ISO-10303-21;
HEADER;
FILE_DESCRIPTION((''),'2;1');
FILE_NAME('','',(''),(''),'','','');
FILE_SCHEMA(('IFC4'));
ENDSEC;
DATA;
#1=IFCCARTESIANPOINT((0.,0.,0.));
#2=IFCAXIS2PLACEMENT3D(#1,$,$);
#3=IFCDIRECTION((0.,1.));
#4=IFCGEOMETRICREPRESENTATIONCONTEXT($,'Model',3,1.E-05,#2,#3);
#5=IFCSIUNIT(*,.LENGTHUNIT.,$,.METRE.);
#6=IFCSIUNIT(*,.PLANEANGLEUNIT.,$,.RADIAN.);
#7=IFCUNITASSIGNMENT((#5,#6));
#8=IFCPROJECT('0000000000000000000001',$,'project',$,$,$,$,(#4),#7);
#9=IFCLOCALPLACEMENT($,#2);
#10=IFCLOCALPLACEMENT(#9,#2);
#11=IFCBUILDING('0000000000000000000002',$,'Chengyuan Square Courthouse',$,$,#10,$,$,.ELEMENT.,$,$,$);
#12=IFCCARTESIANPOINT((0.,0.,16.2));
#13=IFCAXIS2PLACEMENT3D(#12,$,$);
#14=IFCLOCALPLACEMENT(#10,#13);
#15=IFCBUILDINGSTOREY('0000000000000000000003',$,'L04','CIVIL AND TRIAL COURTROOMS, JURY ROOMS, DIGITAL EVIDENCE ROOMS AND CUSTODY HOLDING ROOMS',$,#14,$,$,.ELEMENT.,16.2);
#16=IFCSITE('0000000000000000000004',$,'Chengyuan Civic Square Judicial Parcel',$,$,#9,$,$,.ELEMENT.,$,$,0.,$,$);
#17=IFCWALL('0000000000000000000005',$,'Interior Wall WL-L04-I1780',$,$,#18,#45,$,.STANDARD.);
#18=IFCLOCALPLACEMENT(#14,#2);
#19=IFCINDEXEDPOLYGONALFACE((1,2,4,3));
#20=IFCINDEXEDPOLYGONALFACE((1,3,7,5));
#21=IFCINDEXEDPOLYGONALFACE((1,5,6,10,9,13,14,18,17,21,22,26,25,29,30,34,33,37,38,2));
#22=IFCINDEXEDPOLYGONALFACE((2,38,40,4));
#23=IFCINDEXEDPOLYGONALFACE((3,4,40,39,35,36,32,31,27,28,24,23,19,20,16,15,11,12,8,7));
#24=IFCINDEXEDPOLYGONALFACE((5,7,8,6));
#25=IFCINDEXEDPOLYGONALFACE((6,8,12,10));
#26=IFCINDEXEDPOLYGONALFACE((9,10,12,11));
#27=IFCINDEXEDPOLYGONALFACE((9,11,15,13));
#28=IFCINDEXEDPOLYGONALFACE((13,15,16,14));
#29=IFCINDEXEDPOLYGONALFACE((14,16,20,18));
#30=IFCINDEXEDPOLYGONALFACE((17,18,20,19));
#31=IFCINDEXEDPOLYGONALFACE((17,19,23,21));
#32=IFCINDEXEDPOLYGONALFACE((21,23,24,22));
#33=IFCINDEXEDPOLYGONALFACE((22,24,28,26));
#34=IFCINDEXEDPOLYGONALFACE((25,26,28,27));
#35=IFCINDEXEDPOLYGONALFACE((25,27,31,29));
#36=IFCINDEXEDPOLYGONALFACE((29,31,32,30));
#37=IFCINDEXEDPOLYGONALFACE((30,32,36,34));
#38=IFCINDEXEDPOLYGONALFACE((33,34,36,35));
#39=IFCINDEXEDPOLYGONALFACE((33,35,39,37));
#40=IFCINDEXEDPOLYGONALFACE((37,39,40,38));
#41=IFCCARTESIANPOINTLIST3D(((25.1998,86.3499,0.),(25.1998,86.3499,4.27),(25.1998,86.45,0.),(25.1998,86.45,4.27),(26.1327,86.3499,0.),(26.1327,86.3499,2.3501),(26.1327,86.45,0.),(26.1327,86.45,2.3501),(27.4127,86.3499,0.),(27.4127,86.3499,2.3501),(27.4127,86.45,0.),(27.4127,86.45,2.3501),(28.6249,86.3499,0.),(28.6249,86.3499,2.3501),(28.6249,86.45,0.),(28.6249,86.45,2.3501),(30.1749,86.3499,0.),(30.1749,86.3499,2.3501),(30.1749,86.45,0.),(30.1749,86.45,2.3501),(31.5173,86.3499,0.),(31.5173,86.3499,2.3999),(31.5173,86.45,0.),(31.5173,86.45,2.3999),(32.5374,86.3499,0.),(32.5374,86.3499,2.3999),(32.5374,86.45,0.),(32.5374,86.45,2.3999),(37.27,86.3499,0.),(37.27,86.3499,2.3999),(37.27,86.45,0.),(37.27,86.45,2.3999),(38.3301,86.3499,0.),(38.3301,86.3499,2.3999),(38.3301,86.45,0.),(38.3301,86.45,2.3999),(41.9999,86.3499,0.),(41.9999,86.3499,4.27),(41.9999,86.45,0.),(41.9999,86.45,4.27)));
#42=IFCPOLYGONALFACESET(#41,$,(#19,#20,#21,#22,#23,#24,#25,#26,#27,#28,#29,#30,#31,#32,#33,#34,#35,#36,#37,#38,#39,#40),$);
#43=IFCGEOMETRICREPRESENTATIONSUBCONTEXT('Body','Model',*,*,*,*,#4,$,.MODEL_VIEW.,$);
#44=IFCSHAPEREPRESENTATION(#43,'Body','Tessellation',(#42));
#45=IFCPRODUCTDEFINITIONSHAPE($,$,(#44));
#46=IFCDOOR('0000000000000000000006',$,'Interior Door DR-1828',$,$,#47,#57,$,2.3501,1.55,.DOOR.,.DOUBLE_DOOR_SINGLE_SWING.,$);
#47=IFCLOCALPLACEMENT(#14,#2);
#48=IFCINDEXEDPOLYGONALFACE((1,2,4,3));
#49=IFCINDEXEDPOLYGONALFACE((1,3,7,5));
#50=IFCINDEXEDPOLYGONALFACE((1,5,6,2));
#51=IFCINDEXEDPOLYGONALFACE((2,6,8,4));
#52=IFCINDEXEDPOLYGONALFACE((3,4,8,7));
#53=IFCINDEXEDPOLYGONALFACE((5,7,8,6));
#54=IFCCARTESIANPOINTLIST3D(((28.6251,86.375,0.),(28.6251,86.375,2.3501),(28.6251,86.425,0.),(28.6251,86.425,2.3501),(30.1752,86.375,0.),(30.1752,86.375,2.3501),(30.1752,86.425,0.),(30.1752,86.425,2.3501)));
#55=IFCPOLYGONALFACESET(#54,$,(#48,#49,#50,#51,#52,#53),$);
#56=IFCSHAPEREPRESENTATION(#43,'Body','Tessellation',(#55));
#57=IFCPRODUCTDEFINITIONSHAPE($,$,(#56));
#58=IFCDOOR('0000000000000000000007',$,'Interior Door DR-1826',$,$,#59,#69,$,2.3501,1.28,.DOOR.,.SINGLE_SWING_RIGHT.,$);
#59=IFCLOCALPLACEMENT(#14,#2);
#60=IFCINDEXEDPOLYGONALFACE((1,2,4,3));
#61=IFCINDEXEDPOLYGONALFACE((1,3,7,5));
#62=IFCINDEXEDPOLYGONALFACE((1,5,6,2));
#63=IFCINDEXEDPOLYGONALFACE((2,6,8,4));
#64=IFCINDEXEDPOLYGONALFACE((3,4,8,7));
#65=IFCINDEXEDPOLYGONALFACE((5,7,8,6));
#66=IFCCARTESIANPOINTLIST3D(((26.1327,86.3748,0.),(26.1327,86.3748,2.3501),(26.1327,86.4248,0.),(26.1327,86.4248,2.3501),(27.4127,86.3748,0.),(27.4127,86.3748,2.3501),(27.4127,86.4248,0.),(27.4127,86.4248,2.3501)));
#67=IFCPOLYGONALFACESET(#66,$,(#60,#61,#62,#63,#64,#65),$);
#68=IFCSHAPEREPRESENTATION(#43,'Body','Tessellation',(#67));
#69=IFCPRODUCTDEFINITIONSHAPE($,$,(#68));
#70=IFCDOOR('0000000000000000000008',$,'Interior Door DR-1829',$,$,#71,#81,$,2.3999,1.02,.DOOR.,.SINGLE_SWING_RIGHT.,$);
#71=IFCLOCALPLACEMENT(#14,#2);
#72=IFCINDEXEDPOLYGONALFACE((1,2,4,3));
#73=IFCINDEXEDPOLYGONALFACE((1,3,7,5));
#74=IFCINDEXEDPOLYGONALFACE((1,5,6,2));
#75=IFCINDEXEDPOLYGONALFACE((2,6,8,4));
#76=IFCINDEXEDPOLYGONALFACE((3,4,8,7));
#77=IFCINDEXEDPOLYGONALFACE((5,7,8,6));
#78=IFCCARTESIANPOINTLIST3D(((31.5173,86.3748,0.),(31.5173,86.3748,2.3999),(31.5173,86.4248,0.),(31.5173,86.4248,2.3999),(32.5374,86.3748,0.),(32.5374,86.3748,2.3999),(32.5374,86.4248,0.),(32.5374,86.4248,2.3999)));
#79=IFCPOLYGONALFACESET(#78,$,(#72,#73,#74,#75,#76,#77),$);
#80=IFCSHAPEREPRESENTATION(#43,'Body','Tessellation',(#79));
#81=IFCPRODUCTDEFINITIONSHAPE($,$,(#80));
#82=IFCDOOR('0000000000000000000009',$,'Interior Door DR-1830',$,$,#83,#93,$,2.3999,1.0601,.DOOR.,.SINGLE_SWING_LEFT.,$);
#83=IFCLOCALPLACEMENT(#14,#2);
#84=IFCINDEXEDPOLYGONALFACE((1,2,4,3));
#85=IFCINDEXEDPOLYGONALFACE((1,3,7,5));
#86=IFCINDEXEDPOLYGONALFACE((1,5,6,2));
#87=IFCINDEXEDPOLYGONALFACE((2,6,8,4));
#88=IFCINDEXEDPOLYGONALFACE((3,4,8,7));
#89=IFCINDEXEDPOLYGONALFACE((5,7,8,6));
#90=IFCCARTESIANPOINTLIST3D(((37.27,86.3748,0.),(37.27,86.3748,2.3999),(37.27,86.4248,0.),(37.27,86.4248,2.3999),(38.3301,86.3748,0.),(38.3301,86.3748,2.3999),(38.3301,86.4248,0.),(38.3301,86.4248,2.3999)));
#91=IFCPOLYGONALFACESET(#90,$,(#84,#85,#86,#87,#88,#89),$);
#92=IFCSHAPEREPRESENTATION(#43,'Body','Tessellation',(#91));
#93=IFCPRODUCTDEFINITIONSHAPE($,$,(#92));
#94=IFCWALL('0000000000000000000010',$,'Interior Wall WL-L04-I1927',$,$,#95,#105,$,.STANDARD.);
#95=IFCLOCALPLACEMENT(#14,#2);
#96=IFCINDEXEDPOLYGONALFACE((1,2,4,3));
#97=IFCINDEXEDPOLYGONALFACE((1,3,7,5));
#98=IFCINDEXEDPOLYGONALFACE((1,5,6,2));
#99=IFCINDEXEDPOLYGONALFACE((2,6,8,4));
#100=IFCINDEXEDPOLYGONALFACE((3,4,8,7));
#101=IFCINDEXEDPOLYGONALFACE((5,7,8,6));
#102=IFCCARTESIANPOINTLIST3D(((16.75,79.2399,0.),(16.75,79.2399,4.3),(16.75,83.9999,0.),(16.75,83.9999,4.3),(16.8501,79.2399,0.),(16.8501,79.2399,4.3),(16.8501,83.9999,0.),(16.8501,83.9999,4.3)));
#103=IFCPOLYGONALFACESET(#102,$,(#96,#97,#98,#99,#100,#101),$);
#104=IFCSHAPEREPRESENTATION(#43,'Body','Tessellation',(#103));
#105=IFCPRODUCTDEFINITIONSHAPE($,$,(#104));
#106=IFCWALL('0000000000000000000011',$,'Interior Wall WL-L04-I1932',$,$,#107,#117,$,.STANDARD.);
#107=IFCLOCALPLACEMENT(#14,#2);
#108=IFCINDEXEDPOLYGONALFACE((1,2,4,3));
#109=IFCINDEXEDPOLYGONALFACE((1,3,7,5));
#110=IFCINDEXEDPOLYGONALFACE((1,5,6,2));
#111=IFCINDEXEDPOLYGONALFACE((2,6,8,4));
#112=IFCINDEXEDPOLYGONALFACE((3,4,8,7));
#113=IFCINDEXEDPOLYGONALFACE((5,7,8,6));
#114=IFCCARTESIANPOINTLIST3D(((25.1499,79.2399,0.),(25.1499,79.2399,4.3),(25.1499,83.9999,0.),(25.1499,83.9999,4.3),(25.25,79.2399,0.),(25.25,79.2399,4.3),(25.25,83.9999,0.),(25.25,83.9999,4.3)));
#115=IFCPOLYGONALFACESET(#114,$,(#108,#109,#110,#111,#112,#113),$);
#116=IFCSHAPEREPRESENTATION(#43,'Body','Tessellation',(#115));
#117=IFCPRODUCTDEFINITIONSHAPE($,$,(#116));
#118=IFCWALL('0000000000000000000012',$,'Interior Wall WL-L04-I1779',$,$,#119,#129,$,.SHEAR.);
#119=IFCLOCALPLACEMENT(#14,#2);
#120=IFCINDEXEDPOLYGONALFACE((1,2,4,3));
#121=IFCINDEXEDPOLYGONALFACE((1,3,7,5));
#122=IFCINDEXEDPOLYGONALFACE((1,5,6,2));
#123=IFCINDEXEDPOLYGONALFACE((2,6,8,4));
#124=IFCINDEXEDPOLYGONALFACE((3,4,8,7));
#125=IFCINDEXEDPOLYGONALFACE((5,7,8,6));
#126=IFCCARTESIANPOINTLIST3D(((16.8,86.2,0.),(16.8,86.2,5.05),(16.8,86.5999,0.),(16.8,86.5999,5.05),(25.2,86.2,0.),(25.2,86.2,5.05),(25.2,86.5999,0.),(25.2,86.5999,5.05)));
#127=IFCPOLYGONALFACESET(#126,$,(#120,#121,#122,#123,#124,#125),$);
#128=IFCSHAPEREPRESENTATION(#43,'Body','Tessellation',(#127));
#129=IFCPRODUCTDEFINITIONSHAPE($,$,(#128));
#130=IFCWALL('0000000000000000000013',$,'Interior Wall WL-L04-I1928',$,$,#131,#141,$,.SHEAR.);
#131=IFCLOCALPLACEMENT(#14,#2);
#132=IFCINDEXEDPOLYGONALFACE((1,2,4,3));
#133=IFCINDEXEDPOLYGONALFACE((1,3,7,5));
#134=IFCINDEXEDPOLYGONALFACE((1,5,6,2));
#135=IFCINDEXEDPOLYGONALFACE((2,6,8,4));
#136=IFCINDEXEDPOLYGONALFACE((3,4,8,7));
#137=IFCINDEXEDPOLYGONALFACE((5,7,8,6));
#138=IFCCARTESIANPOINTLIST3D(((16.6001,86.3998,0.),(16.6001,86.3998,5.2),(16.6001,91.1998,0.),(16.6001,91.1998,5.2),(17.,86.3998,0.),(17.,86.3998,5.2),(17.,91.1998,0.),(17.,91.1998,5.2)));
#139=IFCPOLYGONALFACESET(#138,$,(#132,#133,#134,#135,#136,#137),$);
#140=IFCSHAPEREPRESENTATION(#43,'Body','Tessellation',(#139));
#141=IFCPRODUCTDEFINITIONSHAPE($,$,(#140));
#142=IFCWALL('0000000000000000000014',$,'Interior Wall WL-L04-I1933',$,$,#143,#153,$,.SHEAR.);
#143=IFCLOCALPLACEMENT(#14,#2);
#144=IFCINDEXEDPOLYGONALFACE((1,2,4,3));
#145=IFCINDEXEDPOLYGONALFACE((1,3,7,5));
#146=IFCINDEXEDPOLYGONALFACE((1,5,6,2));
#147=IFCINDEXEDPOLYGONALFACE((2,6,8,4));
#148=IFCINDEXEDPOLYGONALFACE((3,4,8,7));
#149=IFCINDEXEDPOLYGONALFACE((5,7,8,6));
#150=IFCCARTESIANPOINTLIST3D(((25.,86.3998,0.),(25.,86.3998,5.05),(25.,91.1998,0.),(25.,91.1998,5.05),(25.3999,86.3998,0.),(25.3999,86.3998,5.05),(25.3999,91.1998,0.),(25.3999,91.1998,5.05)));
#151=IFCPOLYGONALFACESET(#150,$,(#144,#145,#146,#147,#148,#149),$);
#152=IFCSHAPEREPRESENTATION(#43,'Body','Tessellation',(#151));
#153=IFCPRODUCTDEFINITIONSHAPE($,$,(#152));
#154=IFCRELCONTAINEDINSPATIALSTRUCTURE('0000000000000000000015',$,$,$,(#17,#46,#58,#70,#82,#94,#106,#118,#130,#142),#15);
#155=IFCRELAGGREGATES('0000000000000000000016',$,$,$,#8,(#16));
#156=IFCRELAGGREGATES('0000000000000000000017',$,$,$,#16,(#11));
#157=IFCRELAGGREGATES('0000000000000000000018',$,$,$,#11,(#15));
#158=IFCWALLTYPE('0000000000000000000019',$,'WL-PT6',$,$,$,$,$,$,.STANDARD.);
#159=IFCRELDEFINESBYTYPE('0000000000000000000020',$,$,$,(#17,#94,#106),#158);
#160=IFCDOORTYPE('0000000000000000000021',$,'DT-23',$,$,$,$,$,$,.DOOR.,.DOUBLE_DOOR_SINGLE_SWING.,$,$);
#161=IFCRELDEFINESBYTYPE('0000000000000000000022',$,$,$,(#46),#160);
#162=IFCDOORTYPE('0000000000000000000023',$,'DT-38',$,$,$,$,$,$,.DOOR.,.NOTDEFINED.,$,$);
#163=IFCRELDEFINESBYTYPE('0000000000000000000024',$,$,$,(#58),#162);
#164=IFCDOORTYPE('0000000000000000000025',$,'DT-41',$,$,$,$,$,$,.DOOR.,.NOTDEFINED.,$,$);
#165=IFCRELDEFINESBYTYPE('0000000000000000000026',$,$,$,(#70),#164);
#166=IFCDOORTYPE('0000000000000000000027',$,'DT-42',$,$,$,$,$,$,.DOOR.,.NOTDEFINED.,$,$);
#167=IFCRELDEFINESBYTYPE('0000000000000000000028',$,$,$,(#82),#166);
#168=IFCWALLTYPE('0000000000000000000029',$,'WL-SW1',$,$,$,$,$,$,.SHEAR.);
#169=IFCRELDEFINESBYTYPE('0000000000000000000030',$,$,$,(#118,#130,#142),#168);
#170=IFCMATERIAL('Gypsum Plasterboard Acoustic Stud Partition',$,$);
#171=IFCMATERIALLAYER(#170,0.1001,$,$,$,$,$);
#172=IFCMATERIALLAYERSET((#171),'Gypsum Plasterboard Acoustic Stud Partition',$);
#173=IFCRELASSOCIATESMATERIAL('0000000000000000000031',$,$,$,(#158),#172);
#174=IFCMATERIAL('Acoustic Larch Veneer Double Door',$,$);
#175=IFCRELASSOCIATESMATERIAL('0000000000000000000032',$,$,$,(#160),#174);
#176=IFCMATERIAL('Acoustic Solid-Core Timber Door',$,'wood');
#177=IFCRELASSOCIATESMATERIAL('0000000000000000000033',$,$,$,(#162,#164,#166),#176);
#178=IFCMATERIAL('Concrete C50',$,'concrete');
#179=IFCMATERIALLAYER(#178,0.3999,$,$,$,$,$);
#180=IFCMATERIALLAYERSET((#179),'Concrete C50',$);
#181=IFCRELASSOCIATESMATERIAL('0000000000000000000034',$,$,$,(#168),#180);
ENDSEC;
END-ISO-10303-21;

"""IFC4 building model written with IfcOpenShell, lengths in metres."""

from ifc_helpers import new_model, si_unit, direction, frame, frame_2d, origin, place, context, subcontext, project, spatial, rectangle, extrude, material, layer, layer_set, type_object, element, fill, save


model = new_model("IFC4")

# Units and contexts
model_context = context("Model", 3, precision=1e-05, world=origin(), true_north=direction((0.0, 1.0)))
body_context = subcontext(model_context, "Body", "Model", "MODEL_VIEW")
ifc_project = project(units=[si_unit("LENGTHUNIT", "METRE"), si_unit("PLANEANGLEUNIT", "RADIAN")], contexts=[model_context])

# Site, building, storey
site_placement = place(None, origin())
site = spatial("IfcSite", under=ifc_project, at=site_placement, Name="Chengyuan Civic Square Judicial Parcel", CompositionType="ELEMENT", RefElevation=0.0)
building_placement = place(site_placement, origin())
building = spatial("IfcBuilding", under=site, at=building_placement, Name="Chengyuan Square Courthouse", CompositionType="ELEMENT")
storey_placement = place(building_placement, frame((0.0, 0.0, 16.2)))
storey = spatial("IfcBuildingStorey", under=building, at=storey_placement, Name="L04", Description="CIVIL AND TRIAL COURTROOMS, JURY ROOMS, DIGITAL EVIDENCE ROOMS AND CUSTODY HOLDING ROOMS", CompositionType="ELEMENT", Elevation=16.2)

# Shared definitions
ifc_material_1 = material(Name="Concrete C50", Category="concrete")

# Wall, openings, doors
ifc_material_2 = material(Name="Gypsum Plasterboard Acoustic Stud Partition")
ifc_layer_1 = layer(ifc_material_2, 0.1001)
ifc_layer_set_1 = layer_set([ifc_layer_1], Name="Gypsum Plasterboard Acoustic Stud Partition")
wall_type_1 = type_object("IfcWallType", Name="WL-PT6", PredefinedType="STANDARD", material=ifc_layer_set_1)
wall_1_placement = place(storey_placement, frame((25.2, 86.3999, 0.0), z_axis=(0.0, 0.0, 1.0), x_axis=(1.0, 0.0, 0.0)))
wall_1 = element("IfcWall", 1, at=wall_1_placement, inside=storey, type_object=wall_type_1, Name="Interior Wall WL-L04-I1780", PredefinedType="STANDARD", context=body_context, shape_type="SweptSolid", body=[
    extrude(rectangle(XDim=16.8, YDim=0.1001, at=frame_2d((8.3999, 0.0))), origin(), (0.0, 0.0, 1.0), 4.27),
])
opening_1_placement = place(wall_1_placement, frame((0.9326, 0.0, 0.0)))
opening_1 = element("IfcOpeningElement", 2, at=opening_1_placement, cuts=wall_1, PredefinedType="OPENING", context=body_context, shape_type="SweptSolid", body=[
    extrude(rectangle(XDim=1.28, YDim=2.3501, at=frame_2d((0.6401, 1.175))), frame((0.0, 0.062, 0.0), z_axis=(0.0, -1.0, 0.0), x_axis=(1.0, 0.0, 0.0)), (0.0, 0.0, 1.0), 0.124),
])
opening_2_placement = place(wall_1_placement, frame((3.425, 0.0, 0.0)))
opening_2 = element("IfcOpeningElement", 3, at=opening_2_placement, cuts=wall_1, PredefinedType="OPENING", context=body_context, shape_type="SweptSolid", body=[
    extrude(rectangle(XDim=1.55, YDim=2.3501, at=frame_2d((0.7749, 1.175))), frame((0.0, 0.062, 0.0), z_axis=(0.0, -1.0, 0.0), x_axis=(1.0, 0.0, 0.0)), (0.0, 0.0, 1.0), 0.124),
])
opening_3_placement = place(wall_1_placement, frame((6.3174, 0.0, 0.0)))
opening_3 = element("IfcOpeningElement", 4, at=opening_3_placement, cuts=wall_1, PredefinedType="OPENING", context=body_context, shape_type="SweptSolid", body=[
    extrude(rectangle(XDim=1.02, YDim=2.3999, at=frame_2d((0.51, 1.2))), frame((0.0, 0.062, 0.0), z_axis=(0.0, -1.0, 0.0), x_axis=(1.0, 0.0, 0.0)), (0.0, 0.0, 1.0), 0.124),
])
opening_4_placement = place(wall_1_placement, frame((12.0701, 0.0, 0.0)))
opening_4 = element("IfcOpeningElement", 5, at=opening_4_placement, cuts=wall_1, PredefinedType="OPENING", context=body_context, shape_type="SweptSolid", body=[
    extrude(rectangle(XDim=1.0601, YDim=2.3999, at=frame_2d((0.53, 1.2))), frame((0.0, 0.062, 0.0), z_axis=(0.0, -1.0, 0.0), x_axis=(1.0, 0.0, 0.0)), (0.0, 0.0, 1.0), 0.124),
])
ifc_material_3 = material(Name="Acoustic Larch Veneer Double Door")
door_type_1 = type_object("IfcDoorType", Name="DT-23", OperationType="DOUBLE_DOOR_SINGLE_SWING", PredefinedType="DOOR", material=ifc_material_3)
door_1_placement = place(opening_2_placement, frame((1.55, 0.0, 0.0), z_axis=(0.0, 0.0, 1.0), x_axis=(-1.0, 0.0, 0.0)))
door_1 = element("IfcDoor", 6, at=door_1_placement, inside=storey, type_object=door_type_1, Name="Interior Door DR-1828", OperationType="DOUBLE_DOOR_SINGLE_SWING", OverallHeight=2.3501, OverallWidth=1.55, PredefinedType="DOOR", context=body_context, shape_type="SweptSolid", body=[
    extrude(rectangle(XDim=1.55, YDim=2.3501, at=frame_2d((0.7749, 1.175))), frame((0.0, 0.0249, 0.0), z_axis=(0.0, -1.0, 0.0), x_axis=(1.0, 0.0, 0.0)), (0.0, 0.0, 1.0), 0.05),
])
fill(opening_2, door_1)
ifc_material_4 = material(Name="Acoustic Solid-Core Timber Door", Category="wood")
door_type_2 = type_object("IfcDoorType", Name="DT-38", OperationType="NOTDEFINED", PredefinedType="DOOR", material=ifc_material_4)
door_2_placement = place(opening_1_placement, origin())
door_2 = element("IfcDoor", 7, at=door_2_placement, inside=storey, type_object=door_type_2, Name="Interior Door DR-1826", OperationType="SINGLE_SWING_RIGHT", OverallHeight=2.3501, OverallWidth=1.28, PredefinedType="DOOR", context=body_context, shape_type="SweptSolid", body=[
    extrude(rectangle(XDim=1.28, YDim=2.3501, at=frame_2d((0.6401, 1.175))), frame((0.0, 0.0249, 0.0), z_axis=(0.0, -1.0, 0.0), x_axis=(1.0, 0.0, 0.0)), (0.0, 0.0, 1.0), 0.05),
])
fill(opening_1, door_2)
door_type_3 = type_object("IfcDoorType", Name="DT-41", OperationType="NOTDEFINED", PredefinedType="DOOR", material=ifc_material_4)
door_3_placement = place(opening_3_placement, origin())
door_3 = element("IfcDoor", 8, at=door_3_placement, inside=storey, type_object=door_type_3, Name="Interior Door DR-1829", OperationType="SINGLE_SWING_RIGHT", OverallHeight=2.3999, OverallWidth=1.02, PredefinedType="DOOR", context=body_context, shape_type="SweptSolid", body=[
    extrude(rectangle(XDim=1.02, YDim=2.3999, at=frame_2d((0.51, 1.2))), frame((0.0, 0.0249, 0.0), z_axis=(0.0, -1.0, 0.0), x_axis=(1.0, 0.0, 0.0)), (0.0, 0.0, 1.0), 0.05),
])
fill(opening_3, door_3)
door_type_4 = type_object("IfcDoorType", Name="DT-42", OperationType="NOTDEFINED", PredefinedType="DOOR", material=ifc_material_4)
door_4_placement = place(opening_4_placement, origin())
door_4 = element("IfcDoor", 9, at=door_4_placement, inside=storey, type_object=door_type_4, Name="Interior Door DR-1830", OperationType="SINGLE_SWING_LEFT", OverallHeight=2.3999, OverallWidth=1.0601, PredefinedType="DOOR", context=body_context, shape_type="SweptSolid", body=[
    extrude(rectangle(XDim=1.0601, YDim=2.3999, at=frame_2d((0.53, 1.2))), frame((0.0, 0.0249, 0.0), z_axis=(0.0, -1.0, 0.0), x_axis=(1.0, 0.0, 0.0)), (0.0, 0.0, 1.0), 0.05),
])
fill(opening_4, door_4)

# Walls
for number, where, z_axis, x_axis, name in (
    (10, (16.8, 79.24, 0.0), (0.0, 0.0, 1.0), (0.0, 1.0, 0.0), "Interior Wall WL-L04-I1927"),
    (11, (25.2, 79.24, 0.0), (0.0, 0.0, 1.0), (0.0, 1.0, 0.0), "Interior Wall WL-L04-I1932"),
):
    element("IfcWall", number, at=place(storey_placement, frame(where, z_axis=z_axis, x_axis=x_axis)), inside=storey, type_object=wall_type_1, Name=name, PredefinedType="STANDARD", context=body_context, shape_type="SweptSolid", body=[
        extrude(rectangle(XDim=4.76, YDim=0.1001, at=frame_2d((2.3799, 0.0))), origin(), (0.0, 0.0, 1.0), 4.3),
    ])
ifc_layer_2 = layer(ifc_material_1, 0.3999)
ifc_layer_set_2 = layer_set([ifc_layer_2], Name="Concrete C50")
wall_type_2 = type_object("IfcWallType", Name="WL-SW1", PredefinedType="SHEAR", material=ifc_layer_set_2)
wall_2_placement = place(storey_placement, frame((16.8, 86.3999, 0.0), z_axis=(0.0, 0.0, 1.0), x_axis=(1.0, 0.0, 0.0)))
element("IfcWall", 12, at=wall_2_placement, inside=storey, type_object=wall_type_2, Name="Interior Wall WL-L04-I1779", PredefinedType="SHEAR", context=body_context, shape_type="SweptSolid", body=[
    extrude(rectangle(XDim=8.3999, YDim=0.3999, at=frame_2d((4.2, 0.0))), origin(), (0.0, 0.0, 1.0), 5.05),
])
wall_3_placement = place(storey_placement, frame((16.8, 86.3999, 0.0), z_axis=(0.0, 0.0, 1.0), x_axis=(0.0, 1.0, 0.0)))
element("IfcWall", 13, at=wall_3_placement, inside=storey, type_object=wall_type_2, Name="Interior Wall WL-L04-I1928", PredefinedType="SHEAR", context=body_context, shape_type="SweptSolid", body=[
    extrude(rectangle(XDim=4.8, YDim=0.3999, at=frame_2d((2.3999, 0.0))), origin(), (0.0, 0.0, 1.0), 5.2),
])
wall_4_placement = place(storey_placement, frame((25.2, 86.3999, 0.0), z_axis=(0.0, 0.0, 1.0), x_axis=(0.0, 1.0, 0.0)))
element("IfcWall", 14, at=wall_4_placement, inside=storey, type_object=wall_type_2, Name="Interior Wall WL-L04-I1933", PredefinedType="SHEAR", context=body_context, shape_type="SweptSolid", body=[
    extrude(rectangle(XDim=4.8, YDim=0.3999, at=frame_2d((2.3999, 0.0))), origin(), (0.0, 0.0, 1.0), 5.05),
])

save(model, "model.ifc")
